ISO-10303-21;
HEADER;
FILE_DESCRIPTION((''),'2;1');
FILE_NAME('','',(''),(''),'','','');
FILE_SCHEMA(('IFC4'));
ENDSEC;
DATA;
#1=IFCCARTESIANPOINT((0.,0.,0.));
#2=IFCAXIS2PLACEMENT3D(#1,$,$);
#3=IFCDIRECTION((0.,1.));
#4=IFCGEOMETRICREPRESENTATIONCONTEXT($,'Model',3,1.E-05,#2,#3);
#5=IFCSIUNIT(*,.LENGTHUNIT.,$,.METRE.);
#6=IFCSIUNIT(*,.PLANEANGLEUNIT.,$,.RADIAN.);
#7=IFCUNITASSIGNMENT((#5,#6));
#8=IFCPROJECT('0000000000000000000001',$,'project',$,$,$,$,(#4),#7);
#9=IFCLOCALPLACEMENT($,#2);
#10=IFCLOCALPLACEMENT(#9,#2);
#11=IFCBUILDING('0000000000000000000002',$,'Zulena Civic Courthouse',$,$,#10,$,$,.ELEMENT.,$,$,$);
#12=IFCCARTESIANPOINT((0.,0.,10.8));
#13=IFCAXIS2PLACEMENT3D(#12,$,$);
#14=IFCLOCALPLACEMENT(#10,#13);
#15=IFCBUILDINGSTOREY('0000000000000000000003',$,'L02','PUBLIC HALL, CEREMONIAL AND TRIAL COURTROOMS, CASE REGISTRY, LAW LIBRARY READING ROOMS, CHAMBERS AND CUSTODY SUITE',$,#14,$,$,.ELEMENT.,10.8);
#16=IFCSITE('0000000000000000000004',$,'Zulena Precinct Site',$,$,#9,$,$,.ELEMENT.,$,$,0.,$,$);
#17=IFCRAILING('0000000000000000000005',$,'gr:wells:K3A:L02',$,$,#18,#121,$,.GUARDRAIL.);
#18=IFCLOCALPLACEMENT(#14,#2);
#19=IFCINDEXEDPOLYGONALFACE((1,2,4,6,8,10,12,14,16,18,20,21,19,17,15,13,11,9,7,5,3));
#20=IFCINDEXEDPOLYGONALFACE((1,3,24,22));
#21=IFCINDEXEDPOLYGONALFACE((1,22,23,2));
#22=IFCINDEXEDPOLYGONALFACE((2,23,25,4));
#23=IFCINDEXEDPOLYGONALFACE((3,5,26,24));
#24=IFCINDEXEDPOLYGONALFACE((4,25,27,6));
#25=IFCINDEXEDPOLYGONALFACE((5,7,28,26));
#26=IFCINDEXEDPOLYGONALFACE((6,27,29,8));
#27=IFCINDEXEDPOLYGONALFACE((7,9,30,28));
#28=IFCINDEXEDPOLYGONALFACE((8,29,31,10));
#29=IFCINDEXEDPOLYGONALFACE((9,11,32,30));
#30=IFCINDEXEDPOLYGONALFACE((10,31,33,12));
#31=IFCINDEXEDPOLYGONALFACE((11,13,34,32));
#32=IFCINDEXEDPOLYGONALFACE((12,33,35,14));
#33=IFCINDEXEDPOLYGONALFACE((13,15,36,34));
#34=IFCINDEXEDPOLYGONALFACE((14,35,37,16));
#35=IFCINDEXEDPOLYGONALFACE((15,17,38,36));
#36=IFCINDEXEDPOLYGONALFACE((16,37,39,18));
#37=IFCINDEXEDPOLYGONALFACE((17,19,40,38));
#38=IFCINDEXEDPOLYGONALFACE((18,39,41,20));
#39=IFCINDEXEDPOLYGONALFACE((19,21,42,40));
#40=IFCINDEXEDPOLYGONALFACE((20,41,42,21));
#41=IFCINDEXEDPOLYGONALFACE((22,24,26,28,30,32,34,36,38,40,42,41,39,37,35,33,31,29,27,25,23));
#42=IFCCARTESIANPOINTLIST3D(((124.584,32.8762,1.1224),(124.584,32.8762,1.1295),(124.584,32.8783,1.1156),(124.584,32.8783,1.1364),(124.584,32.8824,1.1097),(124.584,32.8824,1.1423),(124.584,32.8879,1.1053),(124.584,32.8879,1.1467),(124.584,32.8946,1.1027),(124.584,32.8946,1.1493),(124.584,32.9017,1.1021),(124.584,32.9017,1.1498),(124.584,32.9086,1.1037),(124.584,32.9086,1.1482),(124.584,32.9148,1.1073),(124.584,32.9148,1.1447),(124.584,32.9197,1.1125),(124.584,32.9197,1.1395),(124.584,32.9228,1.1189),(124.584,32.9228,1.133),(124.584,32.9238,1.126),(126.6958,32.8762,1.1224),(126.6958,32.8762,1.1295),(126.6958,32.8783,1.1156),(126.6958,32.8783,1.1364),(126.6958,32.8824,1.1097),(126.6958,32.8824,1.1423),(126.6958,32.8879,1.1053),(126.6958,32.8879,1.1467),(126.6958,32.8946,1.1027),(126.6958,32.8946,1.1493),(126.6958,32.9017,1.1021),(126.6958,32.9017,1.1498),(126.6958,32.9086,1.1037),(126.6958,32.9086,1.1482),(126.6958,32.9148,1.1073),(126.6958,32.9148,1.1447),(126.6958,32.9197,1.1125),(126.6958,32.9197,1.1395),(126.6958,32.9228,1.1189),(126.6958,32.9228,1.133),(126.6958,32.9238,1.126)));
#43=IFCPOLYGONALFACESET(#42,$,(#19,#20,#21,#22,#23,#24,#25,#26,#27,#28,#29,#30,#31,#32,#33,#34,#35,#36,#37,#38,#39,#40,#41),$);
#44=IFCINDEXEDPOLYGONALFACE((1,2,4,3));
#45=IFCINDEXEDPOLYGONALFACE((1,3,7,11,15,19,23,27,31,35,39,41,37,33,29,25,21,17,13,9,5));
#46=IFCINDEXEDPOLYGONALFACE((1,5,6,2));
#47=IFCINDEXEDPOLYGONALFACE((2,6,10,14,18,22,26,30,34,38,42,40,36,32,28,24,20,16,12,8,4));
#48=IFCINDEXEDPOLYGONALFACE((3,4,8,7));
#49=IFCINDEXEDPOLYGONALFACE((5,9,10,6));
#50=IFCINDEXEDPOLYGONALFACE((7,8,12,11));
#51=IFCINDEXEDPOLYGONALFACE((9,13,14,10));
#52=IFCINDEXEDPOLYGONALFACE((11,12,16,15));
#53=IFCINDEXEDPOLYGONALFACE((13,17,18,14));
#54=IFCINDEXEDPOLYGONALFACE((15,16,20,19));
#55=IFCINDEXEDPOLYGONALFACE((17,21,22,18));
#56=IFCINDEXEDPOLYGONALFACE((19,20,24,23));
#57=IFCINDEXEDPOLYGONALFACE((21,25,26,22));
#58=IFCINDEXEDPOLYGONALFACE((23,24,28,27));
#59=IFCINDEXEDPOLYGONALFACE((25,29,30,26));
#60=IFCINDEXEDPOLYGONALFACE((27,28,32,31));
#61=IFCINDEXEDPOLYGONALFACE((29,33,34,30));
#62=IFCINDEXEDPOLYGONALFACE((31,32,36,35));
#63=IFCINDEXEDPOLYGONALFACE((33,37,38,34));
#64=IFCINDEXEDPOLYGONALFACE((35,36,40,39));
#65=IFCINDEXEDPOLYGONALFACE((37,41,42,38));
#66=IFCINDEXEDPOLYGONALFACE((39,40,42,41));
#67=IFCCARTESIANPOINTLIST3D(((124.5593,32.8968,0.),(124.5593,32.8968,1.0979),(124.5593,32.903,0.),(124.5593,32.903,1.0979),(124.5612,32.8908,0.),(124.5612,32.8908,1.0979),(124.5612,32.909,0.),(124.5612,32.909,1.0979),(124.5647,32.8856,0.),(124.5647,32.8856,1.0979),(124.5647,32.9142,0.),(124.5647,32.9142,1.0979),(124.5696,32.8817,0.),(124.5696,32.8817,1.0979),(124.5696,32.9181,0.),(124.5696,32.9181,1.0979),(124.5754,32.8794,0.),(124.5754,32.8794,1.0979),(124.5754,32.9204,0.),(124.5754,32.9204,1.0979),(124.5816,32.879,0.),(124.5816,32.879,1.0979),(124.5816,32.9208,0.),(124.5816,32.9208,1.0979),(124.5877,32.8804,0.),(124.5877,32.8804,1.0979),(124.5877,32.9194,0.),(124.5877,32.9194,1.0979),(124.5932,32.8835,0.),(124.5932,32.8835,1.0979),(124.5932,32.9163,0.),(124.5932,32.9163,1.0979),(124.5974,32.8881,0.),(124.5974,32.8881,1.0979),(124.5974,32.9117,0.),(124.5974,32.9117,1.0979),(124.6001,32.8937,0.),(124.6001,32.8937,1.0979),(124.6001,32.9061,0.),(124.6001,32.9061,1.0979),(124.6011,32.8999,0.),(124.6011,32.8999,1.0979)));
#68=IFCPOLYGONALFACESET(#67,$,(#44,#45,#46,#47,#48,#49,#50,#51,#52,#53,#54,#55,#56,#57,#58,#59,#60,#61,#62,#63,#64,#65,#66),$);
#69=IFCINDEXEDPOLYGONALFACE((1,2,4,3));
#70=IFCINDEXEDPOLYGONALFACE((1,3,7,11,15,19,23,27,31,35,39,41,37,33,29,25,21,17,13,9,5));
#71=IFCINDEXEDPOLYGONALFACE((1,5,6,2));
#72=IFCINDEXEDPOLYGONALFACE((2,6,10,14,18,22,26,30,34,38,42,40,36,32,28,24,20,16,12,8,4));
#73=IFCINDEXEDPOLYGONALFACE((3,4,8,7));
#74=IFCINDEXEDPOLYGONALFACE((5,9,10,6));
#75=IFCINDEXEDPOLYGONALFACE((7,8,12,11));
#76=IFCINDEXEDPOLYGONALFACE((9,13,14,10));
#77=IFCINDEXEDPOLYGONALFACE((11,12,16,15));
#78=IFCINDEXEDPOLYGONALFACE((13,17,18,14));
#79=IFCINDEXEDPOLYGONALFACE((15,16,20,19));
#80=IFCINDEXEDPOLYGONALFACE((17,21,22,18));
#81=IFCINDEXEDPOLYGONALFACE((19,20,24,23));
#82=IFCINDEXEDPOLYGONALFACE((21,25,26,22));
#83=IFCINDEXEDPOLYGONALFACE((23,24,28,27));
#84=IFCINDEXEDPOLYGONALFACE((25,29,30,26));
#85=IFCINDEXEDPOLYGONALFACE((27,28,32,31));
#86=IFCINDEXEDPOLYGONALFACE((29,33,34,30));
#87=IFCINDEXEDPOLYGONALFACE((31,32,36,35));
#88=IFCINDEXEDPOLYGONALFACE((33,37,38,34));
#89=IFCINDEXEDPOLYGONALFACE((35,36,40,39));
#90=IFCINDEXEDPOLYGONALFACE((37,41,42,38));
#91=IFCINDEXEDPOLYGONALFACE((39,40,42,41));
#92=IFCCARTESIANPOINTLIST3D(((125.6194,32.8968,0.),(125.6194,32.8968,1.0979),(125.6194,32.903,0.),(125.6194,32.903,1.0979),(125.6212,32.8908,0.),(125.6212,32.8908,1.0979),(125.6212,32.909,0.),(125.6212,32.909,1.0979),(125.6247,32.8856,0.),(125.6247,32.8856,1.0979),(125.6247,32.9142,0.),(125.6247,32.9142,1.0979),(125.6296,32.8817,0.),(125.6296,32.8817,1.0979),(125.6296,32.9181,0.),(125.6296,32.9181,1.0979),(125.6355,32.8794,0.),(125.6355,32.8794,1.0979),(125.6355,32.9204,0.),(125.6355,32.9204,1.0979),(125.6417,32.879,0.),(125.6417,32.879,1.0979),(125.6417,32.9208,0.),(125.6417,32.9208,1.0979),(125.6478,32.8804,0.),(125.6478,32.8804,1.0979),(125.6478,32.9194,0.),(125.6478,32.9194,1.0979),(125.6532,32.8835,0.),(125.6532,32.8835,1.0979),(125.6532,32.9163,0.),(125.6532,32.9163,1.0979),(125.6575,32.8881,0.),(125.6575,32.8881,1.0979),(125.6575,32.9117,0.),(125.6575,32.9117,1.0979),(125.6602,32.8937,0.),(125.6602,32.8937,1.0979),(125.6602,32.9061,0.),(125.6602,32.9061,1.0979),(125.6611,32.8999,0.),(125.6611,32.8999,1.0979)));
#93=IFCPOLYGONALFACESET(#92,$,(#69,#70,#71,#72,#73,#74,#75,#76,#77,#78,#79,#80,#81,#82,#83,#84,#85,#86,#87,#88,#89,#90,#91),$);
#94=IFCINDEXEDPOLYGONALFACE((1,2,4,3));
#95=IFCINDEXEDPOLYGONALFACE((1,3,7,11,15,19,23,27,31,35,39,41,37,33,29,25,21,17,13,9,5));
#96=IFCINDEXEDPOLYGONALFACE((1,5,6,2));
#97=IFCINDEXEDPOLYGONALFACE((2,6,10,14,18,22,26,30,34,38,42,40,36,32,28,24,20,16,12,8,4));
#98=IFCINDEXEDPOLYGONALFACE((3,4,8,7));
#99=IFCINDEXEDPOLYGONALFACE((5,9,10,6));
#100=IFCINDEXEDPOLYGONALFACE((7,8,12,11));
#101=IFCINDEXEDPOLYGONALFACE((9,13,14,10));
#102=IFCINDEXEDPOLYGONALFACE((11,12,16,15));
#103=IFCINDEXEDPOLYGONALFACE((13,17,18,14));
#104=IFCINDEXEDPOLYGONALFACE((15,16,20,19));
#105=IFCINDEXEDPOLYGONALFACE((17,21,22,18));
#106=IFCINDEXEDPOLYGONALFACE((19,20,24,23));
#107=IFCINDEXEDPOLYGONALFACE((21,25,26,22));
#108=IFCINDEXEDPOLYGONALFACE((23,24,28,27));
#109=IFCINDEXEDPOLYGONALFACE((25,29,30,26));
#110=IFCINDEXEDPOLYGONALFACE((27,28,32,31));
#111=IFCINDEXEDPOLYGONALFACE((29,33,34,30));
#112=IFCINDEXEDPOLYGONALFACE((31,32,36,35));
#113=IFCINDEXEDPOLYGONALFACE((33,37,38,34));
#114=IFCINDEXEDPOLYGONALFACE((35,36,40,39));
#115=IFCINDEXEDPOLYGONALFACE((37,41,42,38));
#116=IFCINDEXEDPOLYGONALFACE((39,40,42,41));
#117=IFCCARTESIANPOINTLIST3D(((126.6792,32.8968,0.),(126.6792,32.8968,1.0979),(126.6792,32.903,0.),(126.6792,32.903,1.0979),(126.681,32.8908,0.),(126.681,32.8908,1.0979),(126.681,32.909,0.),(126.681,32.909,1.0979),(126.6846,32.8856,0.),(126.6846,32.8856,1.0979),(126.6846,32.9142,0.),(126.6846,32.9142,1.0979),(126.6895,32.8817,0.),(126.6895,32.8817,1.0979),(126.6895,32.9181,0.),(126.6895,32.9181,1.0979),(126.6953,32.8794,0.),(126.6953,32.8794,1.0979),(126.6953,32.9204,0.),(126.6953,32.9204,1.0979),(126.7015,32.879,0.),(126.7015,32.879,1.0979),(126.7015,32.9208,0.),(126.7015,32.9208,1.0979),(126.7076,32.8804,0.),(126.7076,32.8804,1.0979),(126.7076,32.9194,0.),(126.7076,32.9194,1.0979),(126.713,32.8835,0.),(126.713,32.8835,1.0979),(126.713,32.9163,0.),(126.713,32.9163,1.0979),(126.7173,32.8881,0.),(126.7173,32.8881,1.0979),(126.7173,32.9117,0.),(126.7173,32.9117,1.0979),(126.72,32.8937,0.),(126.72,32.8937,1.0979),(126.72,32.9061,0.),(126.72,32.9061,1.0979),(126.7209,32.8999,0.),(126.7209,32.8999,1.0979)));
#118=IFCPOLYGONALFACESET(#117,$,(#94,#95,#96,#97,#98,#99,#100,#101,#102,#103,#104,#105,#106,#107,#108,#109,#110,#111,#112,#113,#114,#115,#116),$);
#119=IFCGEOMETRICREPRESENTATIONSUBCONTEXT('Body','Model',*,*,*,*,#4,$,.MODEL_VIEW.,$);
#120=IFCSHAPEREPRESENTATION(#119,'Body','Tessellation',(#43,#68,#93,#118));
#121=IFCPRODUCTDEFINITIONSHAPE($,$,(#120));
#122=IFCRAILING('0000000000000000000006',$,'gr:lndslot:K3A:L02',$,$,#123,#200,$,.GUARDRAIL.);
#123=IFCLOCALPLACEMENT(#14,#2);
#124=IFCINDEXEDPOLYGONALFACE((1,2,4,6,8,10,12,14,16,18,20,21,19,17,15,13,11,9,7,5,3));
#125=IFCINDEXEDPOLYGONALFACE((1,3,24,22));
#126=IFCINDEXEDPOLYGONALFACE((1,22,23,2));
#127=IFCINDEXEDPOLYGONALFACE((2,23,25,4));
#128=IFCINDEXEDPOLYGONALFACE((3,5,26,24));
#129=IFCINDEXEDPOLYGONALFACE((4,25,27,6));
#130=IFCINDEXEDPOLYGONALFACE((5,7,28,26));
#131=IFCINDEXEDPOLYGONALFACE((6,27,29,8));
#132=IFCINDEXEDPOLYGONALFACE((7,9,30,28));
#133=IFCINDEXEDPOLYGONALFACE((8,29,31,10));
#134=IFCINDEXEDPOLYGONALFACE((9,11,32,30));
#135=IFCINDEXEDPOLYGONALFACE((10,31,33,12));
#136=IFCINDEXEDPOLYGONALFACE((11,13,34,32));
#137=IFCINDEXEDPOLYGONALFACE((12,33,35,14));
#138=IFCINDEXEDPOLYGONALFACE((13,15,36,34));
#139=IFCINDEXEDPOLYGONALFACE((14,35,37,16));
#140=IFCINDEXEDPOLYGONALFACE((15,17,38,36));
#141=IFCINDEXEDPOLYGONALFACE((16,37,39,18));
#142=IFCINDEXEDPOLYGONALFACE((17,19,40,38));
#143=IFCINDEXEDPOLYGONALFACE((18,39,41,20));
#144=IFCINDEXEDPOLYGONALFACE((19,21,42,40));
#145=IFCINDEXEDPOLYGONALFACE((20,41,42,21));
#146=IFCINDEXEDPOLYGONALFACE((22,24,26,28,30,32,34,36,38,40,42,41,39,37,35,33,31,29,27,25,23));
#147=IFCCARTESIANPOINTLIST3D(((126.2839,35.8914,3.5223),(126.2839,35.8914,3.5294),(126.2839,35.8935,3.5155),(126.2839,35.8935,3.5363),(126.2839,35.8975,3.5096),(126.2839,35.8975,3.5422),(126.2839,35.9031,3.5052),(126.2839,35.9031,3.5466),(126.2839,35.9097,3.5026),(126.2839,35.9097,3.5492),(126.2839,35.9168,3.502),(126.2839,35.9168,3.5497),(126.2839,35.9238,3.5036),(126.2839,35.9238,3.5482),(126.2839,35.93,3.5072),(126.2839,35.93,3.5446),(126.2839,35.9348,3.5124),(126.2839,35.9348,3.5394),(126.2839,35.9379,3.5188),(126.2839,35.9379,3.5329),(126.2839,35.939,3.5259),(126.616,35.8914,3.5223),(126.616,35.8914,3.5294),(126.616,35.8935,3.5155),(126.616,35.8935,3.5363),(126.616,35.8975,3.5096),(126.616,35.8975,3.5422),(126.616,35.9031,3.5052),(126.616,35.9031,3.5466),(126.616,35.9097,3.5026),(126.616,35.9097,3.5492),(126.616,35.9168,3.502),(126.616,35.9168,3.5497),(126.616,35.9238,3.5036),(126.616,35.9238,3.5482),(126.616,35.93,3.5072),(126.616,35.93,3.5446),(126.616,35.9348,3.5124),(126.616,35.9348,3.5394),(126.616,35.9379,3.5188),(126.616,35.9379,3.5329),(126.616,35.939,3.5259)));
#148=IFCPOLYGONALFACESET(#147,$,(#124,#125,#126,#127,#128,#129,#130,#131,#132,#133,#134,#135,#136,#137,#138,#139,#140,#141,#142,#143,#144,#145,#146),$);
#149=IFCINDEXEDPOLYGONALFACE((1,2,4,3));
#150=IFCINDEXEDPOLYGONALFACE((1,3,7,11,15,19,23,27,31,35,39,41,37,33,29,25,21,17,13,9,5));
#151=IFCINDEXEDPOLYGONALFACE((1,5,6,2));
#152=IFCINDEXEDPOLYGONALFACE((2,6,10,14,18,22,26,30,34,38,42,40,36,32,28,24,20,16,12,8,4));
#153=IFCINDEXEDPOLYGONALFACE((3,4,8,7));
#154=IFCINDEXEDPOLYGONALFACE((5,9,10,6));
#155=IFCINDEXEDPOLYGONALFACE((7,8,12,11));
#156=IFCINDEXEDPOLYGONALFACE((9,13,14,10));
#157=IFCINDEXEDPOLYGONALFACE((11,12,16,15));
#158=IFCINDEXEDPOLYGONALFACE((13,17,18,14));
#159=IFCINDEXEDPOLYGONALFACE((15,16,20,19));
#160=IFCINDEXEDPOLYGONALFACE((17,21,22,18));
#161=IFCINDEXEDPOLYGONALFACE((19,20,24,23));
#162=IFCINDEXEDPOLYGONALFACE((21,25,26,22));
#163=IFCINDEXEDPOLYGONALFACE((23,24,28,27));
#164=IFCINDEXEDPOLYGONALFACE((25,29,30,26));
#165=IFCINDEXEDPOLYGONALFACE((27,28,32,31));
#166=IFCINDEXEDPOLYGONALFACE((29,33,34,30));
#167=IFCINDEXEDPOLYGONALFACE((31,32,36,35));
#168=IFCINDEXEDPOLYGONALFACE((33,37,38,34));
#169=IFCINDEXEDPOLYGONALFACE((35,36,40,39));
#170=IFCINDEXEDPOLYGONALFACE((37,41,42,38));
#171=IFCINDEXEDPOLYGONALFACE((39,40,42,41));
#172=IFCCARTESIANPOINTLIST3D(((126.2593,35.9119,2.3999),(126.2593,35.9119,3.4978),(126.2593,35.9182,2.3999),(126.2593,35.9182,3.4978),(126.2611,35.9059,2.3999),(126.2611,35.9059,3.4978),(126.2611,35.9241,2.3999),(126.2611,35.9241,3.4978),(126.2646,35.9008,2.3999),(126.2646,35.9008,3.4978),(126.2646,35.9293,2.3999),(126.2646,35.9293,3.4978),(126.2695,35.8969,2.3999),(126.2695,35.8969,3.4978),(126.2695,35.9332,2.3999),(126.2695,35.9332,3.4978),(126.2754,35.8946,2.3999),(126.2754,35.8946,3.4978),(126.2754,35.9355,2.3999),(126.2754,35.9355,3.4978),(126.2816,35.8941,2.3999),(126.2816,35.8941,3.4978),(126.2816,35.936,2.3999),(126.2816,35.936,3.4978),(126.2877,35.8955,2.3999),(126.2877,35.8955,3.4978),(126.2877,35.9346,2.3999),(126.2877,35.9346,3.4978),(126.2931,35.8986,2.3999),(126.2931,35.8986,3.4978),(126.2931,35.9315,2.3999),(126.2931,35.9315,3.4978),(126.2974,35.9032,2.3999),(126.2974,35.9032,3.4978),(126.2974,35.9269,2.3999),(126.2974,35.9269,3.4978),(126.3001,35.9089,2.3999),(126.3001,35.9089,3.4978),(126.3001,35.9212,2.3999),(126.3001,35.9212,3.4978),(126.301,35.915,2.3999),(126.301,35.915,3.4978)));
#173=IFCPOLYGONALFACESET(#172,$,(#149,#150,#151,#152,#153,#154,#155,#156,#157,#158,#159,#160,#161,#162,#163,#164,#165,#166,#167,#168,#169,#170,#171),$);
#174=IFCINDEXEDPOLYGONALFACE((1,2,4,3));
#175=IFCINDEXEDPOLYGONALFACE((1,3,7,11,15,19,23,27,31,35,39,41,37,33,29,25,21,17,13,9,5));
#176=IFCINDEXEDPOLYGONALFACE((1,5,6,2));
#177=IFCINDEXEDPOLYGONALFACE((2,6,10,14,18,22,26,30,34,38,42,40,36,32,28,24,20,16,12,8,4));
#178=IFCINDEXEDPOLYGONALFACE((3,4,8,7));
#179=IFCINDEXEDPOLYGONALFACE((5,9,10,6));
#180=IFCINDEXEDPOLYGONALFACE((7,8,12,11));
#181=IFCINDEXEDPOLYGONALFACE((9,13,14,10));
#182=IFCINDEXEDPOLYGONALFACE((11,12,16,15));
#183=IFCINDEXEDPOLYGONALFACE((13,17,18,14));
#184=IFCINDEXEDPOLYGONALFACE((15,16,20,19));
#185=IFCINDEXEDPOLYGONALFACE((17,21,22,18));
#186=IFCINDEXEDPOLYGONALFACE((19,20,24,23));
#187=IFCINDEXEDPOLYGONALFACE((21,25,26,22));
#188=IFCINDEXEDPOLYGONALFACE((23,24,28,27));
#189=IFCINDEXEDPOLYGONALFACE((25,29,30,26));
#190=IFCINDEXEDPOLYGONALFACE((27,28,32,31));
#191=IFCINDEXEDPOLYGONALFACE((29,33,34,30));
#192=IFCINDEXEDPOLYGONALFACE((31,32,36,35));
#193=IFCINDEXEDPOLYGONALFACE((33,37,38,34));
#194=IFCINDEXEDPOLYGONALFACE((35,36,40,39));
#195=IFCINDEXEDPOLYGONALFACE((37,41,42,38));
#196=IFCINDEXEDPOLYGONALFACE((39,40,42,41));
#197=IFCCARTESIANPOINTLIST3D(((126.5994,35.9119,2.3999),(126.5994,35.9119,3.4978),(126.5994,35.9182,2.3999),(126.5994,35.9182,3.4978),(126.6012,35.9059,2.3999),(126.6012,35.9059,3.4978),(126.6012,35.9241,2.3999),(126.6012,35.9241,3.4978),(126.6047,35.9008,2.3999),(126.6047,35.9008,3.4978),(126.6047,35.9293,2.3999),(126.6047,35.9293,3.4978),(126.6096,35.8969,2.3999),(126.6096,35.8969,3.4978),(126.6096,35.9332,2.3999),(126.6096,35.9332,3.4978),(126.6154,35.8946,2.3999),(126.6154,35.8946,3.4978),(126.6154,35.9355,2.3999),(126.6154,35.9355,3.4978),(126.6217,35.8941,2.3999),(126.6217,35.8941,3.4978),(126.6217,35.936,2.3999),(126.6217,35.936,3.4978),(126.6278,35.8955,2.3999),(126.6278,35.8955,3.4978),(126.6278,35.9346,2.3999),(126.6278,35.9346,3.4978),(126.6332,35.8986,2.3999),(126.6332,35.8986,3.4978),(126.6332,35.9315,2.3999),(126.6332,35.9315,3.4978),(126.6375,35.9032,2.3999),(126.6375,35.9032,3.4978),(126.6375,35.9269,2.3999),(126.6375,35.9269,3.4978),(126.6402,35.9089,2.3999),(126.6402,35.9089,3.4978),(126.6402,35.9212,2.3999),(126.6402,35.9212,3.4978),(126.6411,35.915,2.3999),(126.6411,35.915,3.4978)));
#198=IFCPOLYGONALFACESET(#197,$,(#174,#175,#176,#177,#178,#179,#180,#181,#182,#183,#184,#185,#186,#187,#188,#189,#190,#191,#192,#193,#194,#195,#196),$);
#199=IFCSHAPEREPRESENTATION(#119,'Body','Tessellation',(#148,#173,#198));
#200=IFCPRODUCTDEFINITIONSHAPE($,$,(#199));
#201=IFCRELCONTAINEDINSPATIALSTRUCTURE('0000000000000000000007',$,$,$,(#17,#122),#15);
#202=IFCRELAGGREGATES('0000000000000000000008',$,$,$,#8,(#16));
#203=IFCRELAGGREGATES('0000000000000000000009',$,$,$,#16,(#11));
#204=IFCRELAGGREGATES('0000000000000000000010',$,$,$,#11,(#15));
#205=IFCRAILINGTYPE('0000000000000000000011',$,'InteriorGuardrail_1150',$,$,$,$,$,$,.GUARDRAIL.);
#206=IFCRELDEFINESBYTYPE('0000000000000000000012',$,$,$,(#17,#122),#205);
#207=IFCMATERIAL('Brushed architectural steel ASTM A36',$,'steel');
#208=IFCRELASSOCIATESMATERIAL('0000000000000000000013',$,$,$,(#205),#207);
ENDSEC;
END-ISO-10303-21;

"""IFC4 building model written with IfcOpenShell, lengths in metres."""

from ifc_helpers import new_model, si_unit, direction, frame, origin, origin_2d, place, context, subcontext, project, spatial, circle, extrude, material, type_object, element, save


model = new_model("IFC4")

# Units and contexts
model_context = context("Model", 3, precision=1e-05, world=origin(), true_north=direction((0.0, 1.0)))
body_context = subcontext(model_context, "Body", "Model", "MODEL_VIEW")
ifc_project = project(units=[si_unit("LENGTHUNIT", "METRE"), si_unit("PLANEANGLEUNIT", "RADIAN")], contexts=[model_context])

# Site, building, storey
site_placement = place(None, origin())
site = spatial("IfcSite", under=ifc_project, at=site_placement, Name="Zulena Precinct Site", CompositionType="ELEMENT", RefElevation=0.0)
building_placement = place(site_placement, origin())
building = spatial("IfcBuilding", under=site, at=building_placement, Name="Zulena Civic Courthouse", CompositionType="ELEMENT")
storey_placement = place(building_placement, frame((0.0, 0.0, 10.8)))
storey = spatial("IfcBuildingStorey", under=building, at=storey_placement, Name="L02", Description="PUBLIC HALL, CEREMONIAL AND TRIAL COURTROOMS, CASE REGISTRY, LAW LIBRARY READING ROOMS, CHAMBERS AND CUSTODY SUITE", CompositionType="ELEMENT", Elevation=10.8)

# Railings
ifc_material_1 = material(Name="Brushed architectural steel ASTM A36", Category="steel")
railing_type_1 = type_object("IfcRailingType", Name="InteriorGuardrail_1150", PredefinedType="GUARDRAIL", material=ifc_material_1)
railing_1_placement = place(storey_placement, frame((124.5801, 32.8999, 0.0)))
element("IfcRailing", 1, at=railing_1_placement, inside=storey, type_object=railing_type_1, Name="gr:wells:K3A:L02", PredefinedType="GUARDRAIL", context=body_context, shape_type="SweptSolid", body=[
    extrude(circle(Radius=0.0239, at=origin_2d()), frame((0.0039, 0.0, 1.126), z_axis=(1.0, 0.0, 0.0), x_axis=(0.0, 1.0, 0.0)), (0.0, 0.0, 1.0), 2.1118),
    extrude(circle(Radius=0.021, at=origin_2d()), origin(), (0.0, 0.0, 1.0), 1.0979),
    extrude(circle(Radius=0.021, at=origin_2d()), frame((1.0601, 0.0, 0.0)), (0.0, 0.0, 1.0), 1.0979),
    extrude(circle(Radius=0.021, at=origin_2d()), frame((2.1199, 0.0, 0.0)), (0.0, 0.0, 1.0), 1.0979),
])
railing_2_placement = place(storey_placement, frame((126.28, 35.915, 2.3999)))
element("IfcRailing", 2, at=railing_2_placement, inside=storey, type_object=railing_type_1, Name="gr:lndslot:K3A:L02", PredefinedType="GUARDRAIL", context=body_context, shape_type="SweptSolid", body=[
    extrude(circle(Radius=0.0239, at=origin_2d()), frame((0.0039, 0.0, 1.126), z_axis=(1.0, 0.0, 0.0), x_axis=(0.0, 1.0, 0.0)), (0.0, 0.0, 1.0), 0.332),
    extrude(circle(Radius=0.021, at=origin_2d()), origin(), (0.0, 0.0, 1.0), 1.0979),
    extrude(circle(Radius=0.021, at=origin_2d()), frame((0.3401, 0.0, 0.0)), (0.0, 0.0, 1.0), 1.0979),
])

save(model, "model.ifc")
